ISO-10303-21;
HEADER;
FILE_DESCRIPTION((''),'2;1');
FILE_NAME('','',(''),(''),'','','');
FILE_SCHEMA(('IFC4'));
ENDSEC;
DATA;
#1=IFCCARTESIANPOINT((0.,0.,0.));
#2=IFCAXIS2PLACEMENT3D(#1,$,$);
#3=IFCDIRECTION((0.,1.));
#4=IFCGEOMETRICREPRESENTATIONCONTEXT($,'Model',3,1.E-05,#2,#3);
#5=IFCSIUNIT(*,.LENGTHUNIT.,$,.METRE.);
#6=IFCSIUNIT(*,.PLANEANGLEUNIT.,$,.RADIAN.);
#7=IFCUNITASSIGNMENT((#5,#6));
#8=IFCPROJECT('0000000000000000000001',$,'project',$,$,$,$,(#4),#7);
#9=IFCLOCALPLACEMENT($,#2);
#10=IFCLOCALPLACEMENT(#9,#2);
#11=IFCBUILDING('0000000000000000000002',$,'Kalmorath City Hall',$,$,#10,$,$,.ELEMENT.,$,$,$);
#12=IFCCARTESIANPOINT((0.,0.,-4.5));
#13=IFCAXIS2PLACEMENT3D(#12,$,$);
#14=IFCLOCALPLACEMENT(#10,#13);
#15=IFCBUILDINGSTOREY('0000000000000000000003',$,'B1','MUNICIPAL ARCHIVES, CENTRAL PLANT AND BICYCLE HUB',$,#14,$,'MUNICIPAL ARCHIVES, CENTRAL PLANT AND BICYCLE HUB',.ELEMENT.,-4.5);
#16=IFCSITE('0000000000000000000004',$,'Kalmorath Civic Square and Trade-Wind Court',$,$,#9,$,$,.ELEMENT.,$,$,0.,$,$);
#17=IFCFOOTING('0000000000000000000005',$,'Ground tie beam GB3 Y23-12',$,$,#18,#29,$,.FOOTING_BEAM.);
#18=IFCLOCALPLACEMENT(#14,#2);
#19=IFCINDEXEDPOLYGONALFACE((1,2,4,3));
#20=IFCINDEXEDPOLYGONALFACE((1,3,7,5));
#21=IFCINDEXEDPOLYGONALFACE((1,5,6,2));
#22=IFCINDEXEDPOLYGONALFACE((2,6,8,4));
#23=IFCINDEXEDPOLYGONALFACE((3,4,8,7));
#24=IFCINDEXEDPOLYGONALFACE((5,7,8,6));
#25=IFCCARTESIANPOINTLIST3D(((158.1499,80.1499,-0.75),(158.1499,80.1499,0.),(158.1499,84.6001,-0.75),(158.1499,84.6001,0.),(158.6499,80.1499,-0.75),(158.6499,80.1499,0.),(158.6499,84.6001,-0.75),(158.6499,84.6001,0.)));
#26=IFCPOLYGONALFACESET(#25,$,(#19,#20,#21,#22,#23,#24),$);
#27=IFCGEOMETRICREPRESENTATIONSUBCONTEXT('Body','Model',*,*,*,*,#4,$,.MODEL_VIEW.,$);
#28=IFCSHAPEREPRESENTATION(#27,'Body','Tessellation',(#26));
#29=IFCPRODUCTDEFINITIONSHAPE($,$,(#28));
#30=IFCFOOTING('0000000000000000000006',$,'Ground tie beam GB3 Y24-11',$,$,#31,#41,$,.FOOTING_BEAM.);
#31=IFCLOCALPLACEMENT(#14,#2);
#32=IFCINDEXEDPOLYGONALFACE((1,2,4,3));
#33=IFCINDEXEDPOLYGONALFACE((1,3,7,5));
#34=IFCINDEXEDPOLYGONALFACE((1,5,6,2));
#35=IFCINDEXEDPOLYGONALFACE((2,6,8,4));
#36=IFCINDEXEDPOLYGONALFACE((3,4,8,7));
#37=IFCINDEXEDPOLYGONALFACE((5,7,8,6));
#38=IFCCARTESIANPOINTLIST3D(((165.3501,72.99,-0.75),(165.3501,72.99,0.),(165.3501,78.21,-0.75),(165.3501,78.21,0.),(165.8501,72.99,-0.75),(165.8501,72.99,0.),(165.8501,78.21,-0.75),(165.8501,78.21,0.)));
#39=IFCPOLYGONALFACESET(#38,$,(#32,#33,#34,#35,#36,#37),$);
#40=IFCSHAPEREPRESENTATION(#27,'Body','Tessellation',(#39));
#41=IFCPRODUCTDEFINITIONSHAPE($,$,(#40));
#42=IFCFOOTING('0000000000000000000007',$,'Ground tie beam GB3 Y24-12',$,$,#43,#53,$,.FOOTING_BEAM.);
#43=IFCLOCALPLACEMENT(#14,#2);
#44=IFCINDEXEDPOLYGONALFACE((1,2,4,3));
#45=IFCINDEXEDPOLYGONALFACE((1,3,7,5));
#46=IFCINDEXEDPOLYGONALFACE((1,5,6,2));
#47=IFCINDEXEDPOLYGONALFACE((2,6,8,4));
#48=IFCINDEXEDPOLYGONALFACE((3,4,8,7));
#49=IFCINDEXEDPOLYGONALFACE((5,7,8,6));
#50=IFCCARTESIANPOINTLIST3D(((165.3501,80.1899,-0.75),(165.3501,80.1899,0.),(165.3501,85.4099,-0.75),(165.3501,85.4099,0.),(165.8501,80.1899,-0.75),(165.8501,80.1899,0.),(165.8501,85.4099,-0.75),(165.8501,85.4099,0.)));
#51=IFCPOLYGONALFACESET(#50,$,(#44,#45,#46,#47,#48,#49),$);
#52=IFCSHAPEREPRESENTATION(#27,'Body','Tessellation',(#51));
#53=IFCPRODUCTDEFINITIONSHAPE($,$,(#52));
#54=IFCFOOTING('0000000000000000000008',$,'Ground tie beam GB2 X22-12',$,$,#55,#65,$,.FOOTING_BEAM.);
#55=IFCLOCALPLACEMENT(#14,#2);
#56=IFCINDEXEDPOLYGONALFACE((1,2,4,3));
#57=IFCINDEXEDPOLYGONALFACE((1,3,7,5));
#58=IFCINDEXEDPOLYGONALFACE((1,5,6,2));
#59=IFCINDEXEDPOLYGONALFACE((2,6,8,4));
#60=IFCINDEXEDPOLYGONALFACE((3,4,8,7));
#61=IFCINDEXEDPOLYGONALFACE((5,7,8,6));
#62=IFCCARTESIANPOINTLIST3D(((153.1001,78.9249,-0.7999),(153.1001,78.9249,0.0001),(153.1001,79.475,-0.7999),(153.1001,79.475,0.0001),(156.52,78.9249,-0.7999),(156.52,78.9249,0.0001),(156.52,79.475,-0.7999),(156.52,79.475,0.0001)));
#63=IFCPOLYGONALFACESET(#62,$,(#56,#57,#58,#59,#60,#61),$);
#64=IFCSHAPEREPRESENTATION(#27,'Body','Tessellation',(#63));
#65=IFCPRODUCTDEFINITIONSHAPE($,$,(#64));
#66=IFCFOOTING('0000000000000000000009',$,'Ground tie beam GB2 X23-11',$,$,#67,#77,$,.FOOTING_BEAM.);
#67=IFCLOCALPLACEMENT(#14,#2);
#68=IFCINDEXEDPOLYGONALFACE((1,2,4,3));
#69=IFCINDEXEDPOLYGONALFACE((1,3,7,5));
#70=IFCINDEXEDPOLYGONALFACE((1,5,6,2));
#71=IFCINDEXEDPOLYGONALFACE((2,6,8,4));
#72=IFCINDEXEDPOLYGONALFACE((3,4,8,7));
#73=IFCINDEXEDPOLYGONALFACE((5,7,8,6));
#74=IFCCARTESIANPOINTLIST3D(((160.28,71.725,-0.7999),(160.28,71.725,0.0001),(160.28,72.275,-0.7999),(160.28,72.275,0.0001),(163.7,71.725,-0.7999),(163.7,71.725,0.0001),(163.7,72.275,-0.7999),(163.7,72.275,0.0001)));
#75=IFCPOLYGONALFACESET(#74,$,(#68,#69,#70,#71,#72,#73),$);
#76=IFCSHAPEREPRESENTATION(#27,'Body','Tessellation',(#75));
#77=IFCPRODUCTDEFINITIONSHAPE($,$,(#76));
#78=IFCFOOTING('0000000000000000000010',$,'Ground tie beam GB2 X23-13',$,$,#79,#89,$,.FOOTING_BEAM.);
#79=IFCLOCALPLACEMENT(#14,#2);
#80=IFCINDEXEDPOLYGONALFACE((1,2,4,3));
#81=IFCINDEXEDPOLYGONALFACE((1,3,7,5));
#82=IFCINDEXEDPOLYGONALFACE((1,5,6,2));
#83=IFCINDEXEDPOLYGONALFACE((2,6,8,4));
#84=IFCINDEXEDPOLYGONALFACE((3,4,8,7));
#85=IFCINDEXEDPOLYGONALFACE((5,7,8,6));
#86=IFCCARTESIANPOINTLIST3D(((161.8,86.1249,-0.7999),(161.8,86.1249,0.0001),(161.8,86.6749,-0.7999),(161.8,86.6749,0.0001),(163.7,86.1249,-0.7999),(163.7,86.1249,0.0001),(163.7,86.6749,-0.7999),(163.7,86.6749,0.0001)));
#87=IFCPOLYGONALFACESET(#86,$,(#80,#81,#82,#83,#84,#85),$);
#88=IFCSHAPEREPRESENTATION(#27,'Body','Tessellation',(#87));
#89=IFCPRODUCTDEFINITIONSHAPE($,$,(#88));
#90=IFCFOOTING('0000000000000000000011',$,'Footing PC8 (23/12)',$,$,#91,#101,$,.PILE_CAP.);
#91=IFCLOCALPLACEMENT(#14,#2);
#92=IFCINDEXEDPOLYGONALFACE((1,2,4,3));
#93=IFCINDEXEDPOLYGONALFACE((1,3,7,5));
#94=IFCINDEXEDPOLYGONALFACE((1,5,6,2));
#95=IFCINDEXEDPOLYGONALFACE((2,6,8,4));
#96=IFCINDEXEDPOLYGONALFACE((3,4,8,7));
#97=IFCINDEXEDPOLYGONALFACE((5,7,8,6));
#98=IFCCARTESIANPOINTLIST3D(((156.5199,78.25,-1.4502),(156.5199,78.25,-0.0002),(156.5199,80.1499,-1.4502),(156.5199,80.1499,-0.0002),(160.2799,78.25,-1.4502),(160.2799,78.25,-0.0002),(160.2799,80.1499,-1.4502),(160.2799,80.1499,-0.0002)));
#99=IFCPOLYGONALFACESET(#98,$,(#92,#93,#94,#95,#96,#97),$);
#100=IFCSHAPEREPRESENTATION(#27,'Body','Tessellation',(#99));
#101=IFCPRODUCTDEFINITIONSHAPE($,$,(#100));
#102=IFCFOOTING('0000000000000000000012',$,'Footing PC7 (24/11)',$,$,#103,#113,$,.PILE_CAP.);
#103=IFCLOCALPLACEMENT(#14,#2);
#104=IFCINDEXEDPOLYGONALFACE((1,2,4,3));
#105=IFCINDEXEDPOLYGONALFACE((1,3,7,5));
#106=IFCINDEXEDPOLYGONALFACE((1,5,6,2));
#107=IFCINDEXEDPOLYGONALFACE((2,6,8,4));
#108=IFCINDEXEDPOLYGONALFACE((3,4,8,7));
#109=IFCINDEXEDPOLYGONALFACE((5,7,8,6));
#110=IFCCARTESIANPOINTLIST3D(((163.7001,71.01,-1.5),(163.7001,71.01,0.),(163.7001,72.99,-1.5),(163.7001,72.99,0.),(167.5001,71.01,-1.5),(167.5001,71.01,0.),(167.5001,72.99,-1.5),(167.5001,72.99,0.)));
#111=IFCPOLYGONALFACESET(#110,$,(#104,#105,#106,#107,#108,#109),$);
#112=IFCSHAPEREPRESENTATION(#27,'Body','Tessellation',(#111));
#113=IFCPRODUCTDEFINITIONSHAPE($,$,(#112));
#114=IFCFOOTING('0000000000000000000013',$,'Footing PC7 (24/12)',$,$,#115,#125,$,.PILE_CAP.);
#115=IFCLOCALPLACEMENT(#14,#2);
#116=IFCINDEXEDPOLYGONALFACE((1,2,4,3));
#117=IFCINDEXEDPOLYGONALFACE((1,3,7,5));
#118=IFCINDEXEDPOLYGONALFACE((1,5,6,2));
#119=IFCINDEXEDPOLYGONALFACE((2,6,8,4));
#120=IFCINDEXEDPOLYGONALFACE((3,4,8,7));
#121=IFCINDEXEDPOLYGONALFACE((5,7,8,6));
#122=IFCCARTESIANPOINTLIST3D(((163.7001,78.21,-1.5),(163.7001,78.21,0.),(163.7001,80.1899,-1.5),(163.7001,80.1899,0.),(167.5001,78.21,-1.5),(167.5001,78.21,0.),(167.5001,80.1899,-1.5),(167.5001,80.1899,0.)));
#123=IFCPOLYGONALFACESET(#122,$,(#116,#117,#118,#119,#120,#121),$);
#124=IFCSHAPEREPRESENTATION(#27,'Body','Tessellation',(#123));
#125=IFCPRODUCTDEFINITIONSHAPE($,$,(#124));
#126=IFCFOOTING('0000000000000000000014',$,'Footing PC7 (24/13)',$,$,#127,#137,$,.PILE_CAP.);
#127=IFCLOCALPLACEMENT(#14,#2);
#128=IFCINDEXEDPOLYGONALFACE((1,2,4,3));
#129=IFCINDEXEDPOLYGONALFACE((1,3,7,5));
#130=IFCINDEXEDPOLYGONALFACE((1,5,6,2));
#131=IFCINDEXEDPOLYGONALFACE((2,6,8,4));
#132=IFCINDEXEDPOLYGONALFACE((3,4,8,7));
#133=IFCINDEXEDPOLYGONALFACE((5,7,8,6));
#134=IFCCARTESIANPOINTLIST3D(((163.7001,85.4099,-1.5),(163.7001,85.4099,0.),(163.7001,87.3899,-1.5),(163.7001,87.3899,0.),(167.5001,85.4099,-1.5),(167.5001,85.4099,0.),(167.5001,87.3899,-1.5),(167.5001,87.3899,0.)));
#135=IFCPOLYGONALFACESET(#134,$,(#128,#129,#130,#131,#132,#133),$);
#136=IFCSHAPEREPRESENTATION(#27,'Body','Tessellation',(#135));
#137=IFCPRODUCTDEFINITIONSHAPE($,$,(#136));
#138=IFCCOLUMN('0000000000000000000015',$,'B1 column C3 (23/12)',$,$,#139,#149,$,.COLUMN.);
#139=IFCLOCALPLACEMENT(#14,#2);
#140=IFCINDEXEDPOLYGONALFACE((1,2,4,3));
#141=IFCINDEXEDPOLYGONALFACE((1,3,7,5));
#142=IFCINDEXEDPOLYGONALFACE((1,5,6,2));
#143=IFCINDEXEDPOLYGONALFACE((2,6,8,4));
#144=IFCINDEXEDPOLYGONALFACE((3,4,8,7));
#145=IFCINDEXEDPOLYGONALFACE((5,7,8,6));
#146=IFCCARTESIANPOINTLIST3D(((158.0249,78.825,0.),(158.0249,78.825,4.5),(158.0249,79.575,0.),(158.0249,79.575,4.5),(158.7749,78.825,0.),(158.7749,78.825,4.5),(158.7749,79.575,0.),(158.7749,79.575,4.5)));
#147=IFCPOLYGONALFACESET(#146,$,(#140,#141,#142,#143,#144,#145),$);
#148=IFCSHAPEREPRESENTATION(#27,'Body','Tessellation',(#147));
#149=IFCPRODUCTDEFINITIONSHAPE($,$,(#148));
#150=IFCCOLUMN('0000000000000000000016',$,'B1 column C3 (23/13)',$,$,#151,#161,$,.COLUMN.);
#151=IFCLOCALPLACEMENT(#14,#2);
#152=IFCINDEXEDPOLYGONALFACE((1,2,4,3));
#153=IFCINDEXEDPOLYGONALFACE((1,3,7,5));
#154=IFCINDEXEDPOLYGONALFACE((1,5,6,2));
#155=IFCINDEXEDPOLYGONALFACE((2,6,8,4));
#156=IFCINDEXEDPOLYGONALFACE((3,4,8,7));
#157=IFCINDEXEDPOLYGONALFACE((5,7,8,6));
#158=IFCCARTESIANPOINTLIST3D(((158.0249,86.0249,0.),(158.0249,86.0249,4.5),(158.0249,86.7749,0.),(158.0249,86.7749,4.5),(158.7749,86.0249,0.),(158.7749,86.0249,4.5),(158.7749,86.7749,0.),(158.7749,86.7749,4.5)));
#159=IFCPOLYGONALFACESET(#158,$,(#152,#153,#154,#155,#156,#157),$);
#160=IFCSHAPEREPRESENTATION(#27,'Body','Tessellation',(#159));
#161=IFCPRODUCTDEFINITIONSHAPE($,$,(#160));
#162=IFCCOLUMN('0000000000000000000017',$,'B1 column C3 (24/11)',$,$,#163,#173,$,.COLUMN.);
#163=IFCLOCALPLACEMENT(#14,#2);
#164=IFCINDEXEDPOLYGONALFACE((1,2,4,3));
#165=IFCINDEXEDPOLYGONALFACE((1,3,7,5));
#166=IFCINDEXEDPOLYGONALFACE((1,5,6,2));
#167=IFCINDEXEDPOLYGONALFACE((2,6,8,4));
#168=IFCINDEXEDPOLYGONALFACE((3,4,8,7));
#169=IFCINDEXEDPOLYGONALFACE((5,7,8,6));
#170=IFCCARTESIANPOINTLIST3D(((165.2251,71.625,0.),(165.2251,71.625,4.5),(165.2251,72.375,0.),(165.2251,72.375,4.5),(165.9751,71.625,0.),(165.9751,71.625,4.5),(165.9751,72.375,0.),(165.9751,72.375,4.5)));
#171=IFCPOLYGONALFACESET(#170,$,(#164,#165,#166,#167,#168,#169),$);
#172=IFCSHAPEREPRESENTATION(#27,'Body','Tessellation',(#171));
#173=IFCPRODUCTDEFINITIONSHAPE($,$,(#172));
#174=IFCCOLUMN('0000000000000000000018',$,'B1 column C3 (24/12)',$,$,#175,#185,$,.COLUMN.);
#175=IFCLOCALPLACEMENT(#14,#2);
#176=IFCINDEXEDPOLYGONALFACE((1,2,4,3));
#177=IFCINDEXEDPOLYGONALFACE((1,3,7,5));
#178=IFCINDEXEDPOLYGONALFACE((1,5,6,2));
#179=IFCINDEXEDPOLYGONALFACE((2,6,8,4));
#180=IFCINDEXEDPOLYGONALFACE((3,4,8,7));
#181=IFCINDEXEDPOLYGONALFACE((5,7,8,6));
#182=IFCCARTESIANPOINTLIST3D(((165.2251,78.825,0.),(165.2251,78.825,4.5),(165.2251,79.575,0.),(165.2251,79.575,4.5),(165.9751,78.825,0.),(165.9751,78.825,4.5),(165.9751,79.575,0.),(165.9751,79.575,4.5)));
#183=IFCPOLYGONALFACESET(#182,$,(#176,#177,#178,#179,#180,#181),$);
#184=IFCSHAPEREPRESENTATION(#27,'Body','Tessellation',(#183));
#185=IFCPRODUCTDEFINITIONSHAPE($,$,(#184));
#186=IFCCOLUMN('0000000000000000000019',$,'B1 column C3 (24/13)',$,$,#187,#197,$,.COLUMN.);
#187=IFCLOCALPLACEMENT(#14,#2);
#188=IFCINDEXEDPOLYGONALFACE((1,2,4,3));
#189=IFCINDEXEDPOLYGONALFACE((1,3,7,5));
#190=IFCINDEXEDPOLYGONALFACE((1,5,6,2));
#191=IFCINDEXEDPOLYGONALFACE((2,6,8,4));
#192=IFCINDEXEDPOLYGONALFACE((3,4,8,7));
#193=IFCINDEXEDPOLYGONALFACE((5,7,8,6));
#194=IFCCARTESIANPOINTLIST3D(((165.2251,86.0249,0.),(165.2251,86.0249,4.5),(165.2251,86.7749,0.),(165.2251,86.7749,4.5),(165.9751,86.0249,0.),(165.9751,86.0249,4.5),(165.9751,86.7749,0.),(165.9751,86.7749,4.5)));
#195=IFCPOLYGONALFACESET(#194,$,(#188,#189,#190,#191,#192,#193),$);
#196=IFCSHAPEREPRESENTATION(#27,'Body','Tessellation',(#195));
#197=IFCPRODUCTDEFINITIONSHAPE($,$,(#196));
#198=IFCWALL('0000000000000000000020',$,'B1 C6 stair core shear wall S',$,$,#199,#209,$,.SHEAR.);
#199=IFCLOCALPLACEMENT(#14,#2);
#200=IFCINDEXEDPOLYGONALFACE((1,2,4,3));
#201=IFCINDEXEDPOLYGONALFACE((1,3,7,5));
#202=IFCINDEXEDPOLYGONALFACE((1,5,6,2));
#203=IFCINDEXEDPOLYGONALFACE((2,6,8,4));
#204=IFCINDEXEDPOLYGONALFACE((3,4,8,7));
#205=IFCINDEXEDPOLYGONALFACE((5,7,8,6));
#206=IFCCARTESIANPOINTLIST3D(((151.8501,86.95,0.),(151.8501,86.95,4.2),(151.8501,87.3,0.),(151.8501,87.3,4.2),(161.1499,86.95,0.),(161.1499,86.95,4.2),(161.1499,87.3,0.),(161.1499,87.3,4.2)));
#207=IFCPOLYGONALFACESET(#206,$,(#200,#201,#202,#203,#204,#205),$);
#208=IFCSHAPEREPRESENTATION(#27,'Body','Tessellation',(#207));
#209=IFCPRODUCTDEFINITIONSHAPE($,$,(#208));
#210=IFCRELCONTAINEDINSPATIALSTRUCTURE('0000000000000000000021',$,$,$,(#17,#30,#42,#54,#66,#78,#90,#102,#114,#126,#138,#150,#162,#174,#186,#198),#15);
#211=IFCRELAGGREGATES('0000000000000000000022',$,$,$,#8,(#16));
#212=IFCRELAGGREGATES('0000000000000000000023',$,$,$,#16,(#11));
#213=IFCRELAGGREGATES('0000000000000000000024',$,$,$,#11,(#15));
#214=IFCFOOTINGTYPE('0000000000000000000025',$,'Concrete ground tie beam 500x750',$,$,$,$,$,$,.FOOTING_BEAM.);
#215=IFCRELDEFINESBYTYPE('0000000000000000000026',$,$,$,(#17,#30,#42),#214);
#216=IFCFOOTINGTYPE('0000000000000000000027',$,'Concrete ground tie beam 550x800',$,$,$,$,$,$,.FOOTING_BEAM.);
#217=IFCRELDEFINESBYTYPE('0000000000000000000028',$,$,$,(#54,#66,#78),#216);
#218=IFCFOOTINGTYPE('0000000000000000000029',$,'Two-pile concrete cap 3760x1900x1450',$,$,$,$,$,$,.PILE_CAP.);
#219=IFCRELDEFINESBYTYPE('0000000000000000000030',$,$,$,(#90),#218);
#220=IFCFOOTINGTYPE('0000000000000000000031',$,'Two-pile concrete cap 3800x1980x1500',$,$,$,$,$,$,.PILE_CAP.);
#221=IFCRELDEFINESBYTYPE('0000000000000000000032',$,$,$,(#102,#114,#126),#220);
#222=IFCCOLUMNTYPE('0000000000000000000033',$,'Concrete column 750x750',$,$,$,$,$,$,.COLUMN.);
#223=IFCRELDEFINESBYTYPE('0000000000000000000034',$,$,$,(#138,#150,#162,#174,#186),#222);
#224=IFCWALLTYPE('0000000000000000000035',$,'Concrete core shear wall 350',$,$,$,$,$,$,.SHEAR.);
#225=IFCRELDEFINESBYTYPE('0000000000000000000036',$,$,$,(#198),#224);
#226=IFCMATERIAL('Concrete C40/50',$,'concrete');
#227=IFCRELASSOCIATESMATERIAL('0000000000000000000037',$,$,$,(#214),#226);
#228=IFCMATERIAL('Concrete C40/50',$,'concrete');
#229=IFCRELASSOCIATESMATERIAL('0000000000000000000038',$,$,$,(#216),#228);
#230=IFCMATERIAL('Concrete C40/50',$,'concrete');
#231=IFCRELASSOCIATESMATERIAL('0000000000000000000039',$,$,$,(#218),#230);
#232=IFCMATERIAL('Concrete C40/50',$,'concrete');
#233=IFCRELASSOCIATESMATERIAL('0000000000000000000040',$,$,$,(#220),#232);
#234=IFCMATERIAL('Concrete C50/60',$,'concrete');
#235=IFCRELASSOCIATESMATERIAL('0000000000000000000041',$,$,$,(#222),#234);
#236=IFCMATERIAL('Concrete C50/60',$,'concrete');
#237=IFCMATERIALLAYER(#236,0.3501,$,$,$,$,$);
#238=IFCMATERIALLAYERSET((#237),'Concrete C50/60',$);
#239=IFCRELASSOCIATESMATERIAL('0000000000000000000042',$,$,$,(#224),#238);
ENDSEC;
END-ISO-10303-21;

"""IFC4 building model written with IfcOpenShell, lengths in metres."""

from ifc_helpers import new_model, si_unit, direction, frame, frame_2d, origin, origin_2d, place, context, subcontext, project, spatial, rectangle, extrude, material, layer, layer_set, material_profile, profile_set, type_object, element, save


model = new_model("IFC4")

# Units and contexts
model_context = context("Model", 3, precision=1e-05, world=origin(), true_north=direction((0.0, 1.0)))
body_context = subcontext(model_context, "Body", "Model", "MODEL_VIEW")
ifc_project = project(units=[si_unit("LENGTHUNIT", "METRE"), si_unit("PLANEANGLEUNIT", "RADIAN")], contexts=[model_context])

# Site, building, storey
site_placement = place(None, origin())
site = spatial("IfcSite", under=ifc_project, at=site_placement, Name="Kalmorath Civic Square and Trade-Wind Court", CompositionType="ELEMENT", RefElevation=0.0)
building_placement = place(site_placement, origin())
building = spatial("IfcBuilding", under=site, at=building_placement, Name="Kalmorath City Hall", CompositionType="ELEMENT")
storey_placement = place(building_placement, frame((0.0, 0.0, -4.5)))
storey = spatial("IfcBuildingStorey", under=building, at=storey_placement, Name="B1", Description="MUNICIPAL ARCHIVES, CENTRAL PLANT AND BICYCLE HUB", LongName="MUNICIPAL ARCHIVES, CENTRAL PLANT AND BICYCLE HUB", CompositionType="ELEMENT", Elevation=-4.5)

# Footings
ifc_material_1 = material(Name="Concrete C40/50", Category="concrete")
ifc_material_profile_1 = material_profile(ifc_material_1, rectangle(XDim=0.5, YDim=0.75, at=origin_2d()), Name="RC-BM-500X750")
ifc_profile_set_1 = profile_set([ifc_material_profile_1], Name="Concrete C40/50")
footing_type_1 = type_object("IfcFootingType", Name="Concrete ground tie beam 500x750", PredefinedType="FOOTING_BEAM", material=ifc_profile_set_1)
footing_1_placement = place(storey_placement, frame((158.3999, 80.1499, -0.375), z_axis=(0.0, 1.0, 0.0), x_axis=(-1.0, 0.0, 0.0)))
element("IfcFooting", 1, at=footing_1_placement, inside=storey, type_object=footing_type_1, Name="Ground tie beam GB3 Y23-12", PredefinedType="FOOTING_BEAM", context=body_context, shape_type="SweptSolid", body=[
    extrude(rectangle(XDim=0.5, YDim=0.75, at=origin_2d()), origin(), (0.0, 0.0, 1.0), 4.4502),
])
for number, where, z_axis, x_axis, name in (
    (2, (165.6001, 72.99, -0.375), (0.0, 1.0, 0.0), (-1.0, 0.0, 0.0), "Ground tie beam GB3 Y24-11"),
    (3, (165.6001, 80.1899, -0.375), (0.0, 1.0, 0.0), (-1.0, 0.0, 0.0), "Ground tie beam GB3 Y24-12"),
):
    element("IfcFooting", number, at=place(storey_placement, frame(where, z_axis=z_axis, x_axis=x_axis)), inside=storey, type_object=footing_type_1, Name=name, PredefinedType="FOOTING_BEAM", context=body_context, shape_type="SweptSolid", body=[
        extrude(rectangle(XDim=0.5, YDim=0.75, at=origin_2d()), origin(), (0.0, 0.0, 1.0), 5.22),
    ])
ifc_material_2 = material(Name="Concrete C40/50", Category="concrete")
ifc_material_profile_2 = material_profile(ifc_material_2, rectangle(XDim=0.55, YDim=0.8, at=origin_2d()), Name="RC-BM-550X800")
ifc_profile_set_2 = profile_set([ifc_material_profile_2], Name="Concrete C40/50")
footing_type_2 = type_object("IfcFootingType", Name="Concrete ground tie beam 550x800", PredefinedType="FOOTING_BEAM", material=ifc_profile_set_2)
for number, where, z_axis, x_axis, name in (
    (4, (153.1001, 79.2, -0.3999), (1.0, 0.0, 0.0), (0.0, 1.0, 0.0), "Ground tie beam GB2 X22-12"),
    (5, (160.28, 72.0, -0.3999), (1.0, 0.0, 0.0), (0.0, 1.0, 0.0), "Ground tie beam GB2 X23-11"),
):
    element("IfcFooting", number, at=place(storey_placement, frame(where, z_axis=z_axis, x_axis=x_axis)), inside=storey, type_object=footing_type_2, Name=name, PredefinedType="FOOTING_BEAM", context=body_context, shape_type="SweptSolid", body=[
        extrude(rectangle(XDim=0.55, YDim=0.8, at=origin_2d()), origin(), (0.0, 0.0, 1.0), 3.4199),
    ])
footing_2_placement = place(storey_placement, frame((161.8, 86.3999, -0.3999), z_axis=(1.0, 0.0, 0.0), x_axis=(0.0, 1.0, 0.0)))
element("IfcFooting", 6, at=footing_2_placement, inside=storey, type_object=footing_type_2, Name="Ground tie beam GB2 X23-13", PredefinedType="FOOTING_BEAM", context=body_context, shape_type="SweptSolid", body=[
    extrude(rectangle(XDim=0.55, YDim=0.8, at=origin_2d()), origin(), (0.0, 0.0, 1.0), 1.8999),
])
ifc_material_3 = material(Name="Concrete C40/50", Category="concrete")
footing_type_3 = type_object("IfcFootingType", Name="Two-pile concrete cap 3760x1900x1450", PredefinedType="PILE_CAP", material=ifc_material_3)
footing_3_placement = place(storey_placement, frame((158.3999, 79.2, -1.4502), z_axis=(0.0, 0.0, 1.0), x_axis=(1.0, 0.0, 0.0)))
element("IfcFooting", 7, at=footing_3_placement, inside=storey, type_object=footing_type_3, Name="Footing PC8 (23/12)", PredefinedType="PILE_CAP", context=body_context, shape_type="SweptSolid", body=[
    extrude(rectangle(XDim=3.76, YDim=1.8999, at=origin_2d()), origin(), (0.0, 0.0, 1.0), 1.45),
])
ifc_material_4 = material(Name="Concrete C40/50", Category="concrete")
footing_type_4 = type_object("IfcFootingType", Name="Two-pile concrete cap 3800x1980x1500", PredefinedType="PILE_CAP", material=ifc_material_4)
for number, where, z_axis, x_axis, name in (
    (8, (165.6001, 72.0, -1.5), (0.0, 0.0, 1.0), (1.0, 0.0, 0.0), "Footing PC7 (24/11)"),
    (9, (165.6001, 79.2, -1.5), (0.0, 0.0, 1.0), (1.0, 0.0, 0.0), "Footing PC7 (24/12)"),
    (10, (165.6001, 86.3999, -1.5), (0.0, 0.0, 1.0), (1.0, 0.0, 0.0), "Footing PC7 (24/13)"),
):
    element("IfcFooting", number, at=place(storey_placement, frame(where, z_axis=z_axis, x_axis=x_axis)), inside=storey, type_object=footing_type_4, Name=name, PredefinedType="PILE_CAP", context=body_context, shape_type="SweptSolid", body=[
        extrude(rectangle(XDim=3.8, YDim=1.98, at=origin_2d()), origin(), (0.0, 0.0, 1.0), 1.5),
    ])

# Columns
ifc_material_5 = material(Name="Concrete C50/60", Category="concrete")
ifc_material_profile_3 = material_profile(ifc_material_5, rectangle(XDim=0.75, YDim=0.75, at=origin_2d()), Name="RC-COL-750X750")
ifc_profile_set_3 = profile_set([ifc_material_profile_3], Name="Concrete C50/60")
column_type = type_object("IfcColumnType", Name="Concrete column 750x750", PredefinedType="COLUMN", material=ifc_profile_set_3)
for number, where, z_axis, x_axis, name in (
    (11, (158.3999, 79.2, 0.0), (0.0, 0.0, 1.0), (1.0, 0.0, 0.0), "B1 column C3 (23/12)"),
    (12, (158.3999, 86.3999, 0.0), (0.0, 0.0, 1.0), (1.0, 0.0, 0.0), "B1 column C3 (23/13)"),
    (13, (165.6001, 72.0, 0.0), (0.0, 0.0, 1.0), (1.0, 0.0, 0.0), "B1 column C3 (24/11)"),
    (14, (165.6001, 79.2, 0.0), (0.0, 0.0, 1.0), (1.0, 0.0, 0.0), "B1 column C3 (24/12)"),
    (15, (165.6001, 86.3999, 0.0), (0.0, 0.0, 1.0), (1.0, 0.0, 0.0), "B1 column C3 (24/13)"),
):
    element("IfcColumn", number, at=place(storey_placement, frame(where, z_axis=z_axis, x_axis=x_axis)), inside=storey, type_object=column_type, Name=name, PredefinedType="COLUMN", context=body_context, shape_type="SweptSolid", body=[
        extrude(rectangle(XDim=0.75, YDim=0.75, at=origin_2d()), origin(), (0.0, 0.0, 1.0), 4.5),
    ])

# Wall
ifc_material_6 = material(Name="Concrete C50/60", Category="concrete")
ifc_layer = layer(ifc_material_6, 0.3501)
ifc_layer_set = layer_set([ifc_layer], Name="Concrete C50/60")
wall_type = type_object("IfcWallType", Name="Concrete core shear wall 350", PredefinedType="SHEAR", material=ifc_layer_set)
wall_1_placement = place(storey_placement, frame((151.8501, 87.125, 0.0), z_axis=(0.0, 0.0, 1.0), x_axis=(1.0, 0.0, 0.0)))
element("IfcWall", 16, at=wall_1_placement, inside=storey, type_object=wall_type, Name="B1 C6 stair core shear wall S", PredefinedType="SHEAR", context=body_context, shape_type="SweptSolid", body=[
    extrude(rectangle(XDim=9.2998, YDim=0.3501, at=frame_2d((4.6499, 0.0))), origin(), (0.0, 0.0, 1.0), 4.2),
])

save(model, "model.ifc")
